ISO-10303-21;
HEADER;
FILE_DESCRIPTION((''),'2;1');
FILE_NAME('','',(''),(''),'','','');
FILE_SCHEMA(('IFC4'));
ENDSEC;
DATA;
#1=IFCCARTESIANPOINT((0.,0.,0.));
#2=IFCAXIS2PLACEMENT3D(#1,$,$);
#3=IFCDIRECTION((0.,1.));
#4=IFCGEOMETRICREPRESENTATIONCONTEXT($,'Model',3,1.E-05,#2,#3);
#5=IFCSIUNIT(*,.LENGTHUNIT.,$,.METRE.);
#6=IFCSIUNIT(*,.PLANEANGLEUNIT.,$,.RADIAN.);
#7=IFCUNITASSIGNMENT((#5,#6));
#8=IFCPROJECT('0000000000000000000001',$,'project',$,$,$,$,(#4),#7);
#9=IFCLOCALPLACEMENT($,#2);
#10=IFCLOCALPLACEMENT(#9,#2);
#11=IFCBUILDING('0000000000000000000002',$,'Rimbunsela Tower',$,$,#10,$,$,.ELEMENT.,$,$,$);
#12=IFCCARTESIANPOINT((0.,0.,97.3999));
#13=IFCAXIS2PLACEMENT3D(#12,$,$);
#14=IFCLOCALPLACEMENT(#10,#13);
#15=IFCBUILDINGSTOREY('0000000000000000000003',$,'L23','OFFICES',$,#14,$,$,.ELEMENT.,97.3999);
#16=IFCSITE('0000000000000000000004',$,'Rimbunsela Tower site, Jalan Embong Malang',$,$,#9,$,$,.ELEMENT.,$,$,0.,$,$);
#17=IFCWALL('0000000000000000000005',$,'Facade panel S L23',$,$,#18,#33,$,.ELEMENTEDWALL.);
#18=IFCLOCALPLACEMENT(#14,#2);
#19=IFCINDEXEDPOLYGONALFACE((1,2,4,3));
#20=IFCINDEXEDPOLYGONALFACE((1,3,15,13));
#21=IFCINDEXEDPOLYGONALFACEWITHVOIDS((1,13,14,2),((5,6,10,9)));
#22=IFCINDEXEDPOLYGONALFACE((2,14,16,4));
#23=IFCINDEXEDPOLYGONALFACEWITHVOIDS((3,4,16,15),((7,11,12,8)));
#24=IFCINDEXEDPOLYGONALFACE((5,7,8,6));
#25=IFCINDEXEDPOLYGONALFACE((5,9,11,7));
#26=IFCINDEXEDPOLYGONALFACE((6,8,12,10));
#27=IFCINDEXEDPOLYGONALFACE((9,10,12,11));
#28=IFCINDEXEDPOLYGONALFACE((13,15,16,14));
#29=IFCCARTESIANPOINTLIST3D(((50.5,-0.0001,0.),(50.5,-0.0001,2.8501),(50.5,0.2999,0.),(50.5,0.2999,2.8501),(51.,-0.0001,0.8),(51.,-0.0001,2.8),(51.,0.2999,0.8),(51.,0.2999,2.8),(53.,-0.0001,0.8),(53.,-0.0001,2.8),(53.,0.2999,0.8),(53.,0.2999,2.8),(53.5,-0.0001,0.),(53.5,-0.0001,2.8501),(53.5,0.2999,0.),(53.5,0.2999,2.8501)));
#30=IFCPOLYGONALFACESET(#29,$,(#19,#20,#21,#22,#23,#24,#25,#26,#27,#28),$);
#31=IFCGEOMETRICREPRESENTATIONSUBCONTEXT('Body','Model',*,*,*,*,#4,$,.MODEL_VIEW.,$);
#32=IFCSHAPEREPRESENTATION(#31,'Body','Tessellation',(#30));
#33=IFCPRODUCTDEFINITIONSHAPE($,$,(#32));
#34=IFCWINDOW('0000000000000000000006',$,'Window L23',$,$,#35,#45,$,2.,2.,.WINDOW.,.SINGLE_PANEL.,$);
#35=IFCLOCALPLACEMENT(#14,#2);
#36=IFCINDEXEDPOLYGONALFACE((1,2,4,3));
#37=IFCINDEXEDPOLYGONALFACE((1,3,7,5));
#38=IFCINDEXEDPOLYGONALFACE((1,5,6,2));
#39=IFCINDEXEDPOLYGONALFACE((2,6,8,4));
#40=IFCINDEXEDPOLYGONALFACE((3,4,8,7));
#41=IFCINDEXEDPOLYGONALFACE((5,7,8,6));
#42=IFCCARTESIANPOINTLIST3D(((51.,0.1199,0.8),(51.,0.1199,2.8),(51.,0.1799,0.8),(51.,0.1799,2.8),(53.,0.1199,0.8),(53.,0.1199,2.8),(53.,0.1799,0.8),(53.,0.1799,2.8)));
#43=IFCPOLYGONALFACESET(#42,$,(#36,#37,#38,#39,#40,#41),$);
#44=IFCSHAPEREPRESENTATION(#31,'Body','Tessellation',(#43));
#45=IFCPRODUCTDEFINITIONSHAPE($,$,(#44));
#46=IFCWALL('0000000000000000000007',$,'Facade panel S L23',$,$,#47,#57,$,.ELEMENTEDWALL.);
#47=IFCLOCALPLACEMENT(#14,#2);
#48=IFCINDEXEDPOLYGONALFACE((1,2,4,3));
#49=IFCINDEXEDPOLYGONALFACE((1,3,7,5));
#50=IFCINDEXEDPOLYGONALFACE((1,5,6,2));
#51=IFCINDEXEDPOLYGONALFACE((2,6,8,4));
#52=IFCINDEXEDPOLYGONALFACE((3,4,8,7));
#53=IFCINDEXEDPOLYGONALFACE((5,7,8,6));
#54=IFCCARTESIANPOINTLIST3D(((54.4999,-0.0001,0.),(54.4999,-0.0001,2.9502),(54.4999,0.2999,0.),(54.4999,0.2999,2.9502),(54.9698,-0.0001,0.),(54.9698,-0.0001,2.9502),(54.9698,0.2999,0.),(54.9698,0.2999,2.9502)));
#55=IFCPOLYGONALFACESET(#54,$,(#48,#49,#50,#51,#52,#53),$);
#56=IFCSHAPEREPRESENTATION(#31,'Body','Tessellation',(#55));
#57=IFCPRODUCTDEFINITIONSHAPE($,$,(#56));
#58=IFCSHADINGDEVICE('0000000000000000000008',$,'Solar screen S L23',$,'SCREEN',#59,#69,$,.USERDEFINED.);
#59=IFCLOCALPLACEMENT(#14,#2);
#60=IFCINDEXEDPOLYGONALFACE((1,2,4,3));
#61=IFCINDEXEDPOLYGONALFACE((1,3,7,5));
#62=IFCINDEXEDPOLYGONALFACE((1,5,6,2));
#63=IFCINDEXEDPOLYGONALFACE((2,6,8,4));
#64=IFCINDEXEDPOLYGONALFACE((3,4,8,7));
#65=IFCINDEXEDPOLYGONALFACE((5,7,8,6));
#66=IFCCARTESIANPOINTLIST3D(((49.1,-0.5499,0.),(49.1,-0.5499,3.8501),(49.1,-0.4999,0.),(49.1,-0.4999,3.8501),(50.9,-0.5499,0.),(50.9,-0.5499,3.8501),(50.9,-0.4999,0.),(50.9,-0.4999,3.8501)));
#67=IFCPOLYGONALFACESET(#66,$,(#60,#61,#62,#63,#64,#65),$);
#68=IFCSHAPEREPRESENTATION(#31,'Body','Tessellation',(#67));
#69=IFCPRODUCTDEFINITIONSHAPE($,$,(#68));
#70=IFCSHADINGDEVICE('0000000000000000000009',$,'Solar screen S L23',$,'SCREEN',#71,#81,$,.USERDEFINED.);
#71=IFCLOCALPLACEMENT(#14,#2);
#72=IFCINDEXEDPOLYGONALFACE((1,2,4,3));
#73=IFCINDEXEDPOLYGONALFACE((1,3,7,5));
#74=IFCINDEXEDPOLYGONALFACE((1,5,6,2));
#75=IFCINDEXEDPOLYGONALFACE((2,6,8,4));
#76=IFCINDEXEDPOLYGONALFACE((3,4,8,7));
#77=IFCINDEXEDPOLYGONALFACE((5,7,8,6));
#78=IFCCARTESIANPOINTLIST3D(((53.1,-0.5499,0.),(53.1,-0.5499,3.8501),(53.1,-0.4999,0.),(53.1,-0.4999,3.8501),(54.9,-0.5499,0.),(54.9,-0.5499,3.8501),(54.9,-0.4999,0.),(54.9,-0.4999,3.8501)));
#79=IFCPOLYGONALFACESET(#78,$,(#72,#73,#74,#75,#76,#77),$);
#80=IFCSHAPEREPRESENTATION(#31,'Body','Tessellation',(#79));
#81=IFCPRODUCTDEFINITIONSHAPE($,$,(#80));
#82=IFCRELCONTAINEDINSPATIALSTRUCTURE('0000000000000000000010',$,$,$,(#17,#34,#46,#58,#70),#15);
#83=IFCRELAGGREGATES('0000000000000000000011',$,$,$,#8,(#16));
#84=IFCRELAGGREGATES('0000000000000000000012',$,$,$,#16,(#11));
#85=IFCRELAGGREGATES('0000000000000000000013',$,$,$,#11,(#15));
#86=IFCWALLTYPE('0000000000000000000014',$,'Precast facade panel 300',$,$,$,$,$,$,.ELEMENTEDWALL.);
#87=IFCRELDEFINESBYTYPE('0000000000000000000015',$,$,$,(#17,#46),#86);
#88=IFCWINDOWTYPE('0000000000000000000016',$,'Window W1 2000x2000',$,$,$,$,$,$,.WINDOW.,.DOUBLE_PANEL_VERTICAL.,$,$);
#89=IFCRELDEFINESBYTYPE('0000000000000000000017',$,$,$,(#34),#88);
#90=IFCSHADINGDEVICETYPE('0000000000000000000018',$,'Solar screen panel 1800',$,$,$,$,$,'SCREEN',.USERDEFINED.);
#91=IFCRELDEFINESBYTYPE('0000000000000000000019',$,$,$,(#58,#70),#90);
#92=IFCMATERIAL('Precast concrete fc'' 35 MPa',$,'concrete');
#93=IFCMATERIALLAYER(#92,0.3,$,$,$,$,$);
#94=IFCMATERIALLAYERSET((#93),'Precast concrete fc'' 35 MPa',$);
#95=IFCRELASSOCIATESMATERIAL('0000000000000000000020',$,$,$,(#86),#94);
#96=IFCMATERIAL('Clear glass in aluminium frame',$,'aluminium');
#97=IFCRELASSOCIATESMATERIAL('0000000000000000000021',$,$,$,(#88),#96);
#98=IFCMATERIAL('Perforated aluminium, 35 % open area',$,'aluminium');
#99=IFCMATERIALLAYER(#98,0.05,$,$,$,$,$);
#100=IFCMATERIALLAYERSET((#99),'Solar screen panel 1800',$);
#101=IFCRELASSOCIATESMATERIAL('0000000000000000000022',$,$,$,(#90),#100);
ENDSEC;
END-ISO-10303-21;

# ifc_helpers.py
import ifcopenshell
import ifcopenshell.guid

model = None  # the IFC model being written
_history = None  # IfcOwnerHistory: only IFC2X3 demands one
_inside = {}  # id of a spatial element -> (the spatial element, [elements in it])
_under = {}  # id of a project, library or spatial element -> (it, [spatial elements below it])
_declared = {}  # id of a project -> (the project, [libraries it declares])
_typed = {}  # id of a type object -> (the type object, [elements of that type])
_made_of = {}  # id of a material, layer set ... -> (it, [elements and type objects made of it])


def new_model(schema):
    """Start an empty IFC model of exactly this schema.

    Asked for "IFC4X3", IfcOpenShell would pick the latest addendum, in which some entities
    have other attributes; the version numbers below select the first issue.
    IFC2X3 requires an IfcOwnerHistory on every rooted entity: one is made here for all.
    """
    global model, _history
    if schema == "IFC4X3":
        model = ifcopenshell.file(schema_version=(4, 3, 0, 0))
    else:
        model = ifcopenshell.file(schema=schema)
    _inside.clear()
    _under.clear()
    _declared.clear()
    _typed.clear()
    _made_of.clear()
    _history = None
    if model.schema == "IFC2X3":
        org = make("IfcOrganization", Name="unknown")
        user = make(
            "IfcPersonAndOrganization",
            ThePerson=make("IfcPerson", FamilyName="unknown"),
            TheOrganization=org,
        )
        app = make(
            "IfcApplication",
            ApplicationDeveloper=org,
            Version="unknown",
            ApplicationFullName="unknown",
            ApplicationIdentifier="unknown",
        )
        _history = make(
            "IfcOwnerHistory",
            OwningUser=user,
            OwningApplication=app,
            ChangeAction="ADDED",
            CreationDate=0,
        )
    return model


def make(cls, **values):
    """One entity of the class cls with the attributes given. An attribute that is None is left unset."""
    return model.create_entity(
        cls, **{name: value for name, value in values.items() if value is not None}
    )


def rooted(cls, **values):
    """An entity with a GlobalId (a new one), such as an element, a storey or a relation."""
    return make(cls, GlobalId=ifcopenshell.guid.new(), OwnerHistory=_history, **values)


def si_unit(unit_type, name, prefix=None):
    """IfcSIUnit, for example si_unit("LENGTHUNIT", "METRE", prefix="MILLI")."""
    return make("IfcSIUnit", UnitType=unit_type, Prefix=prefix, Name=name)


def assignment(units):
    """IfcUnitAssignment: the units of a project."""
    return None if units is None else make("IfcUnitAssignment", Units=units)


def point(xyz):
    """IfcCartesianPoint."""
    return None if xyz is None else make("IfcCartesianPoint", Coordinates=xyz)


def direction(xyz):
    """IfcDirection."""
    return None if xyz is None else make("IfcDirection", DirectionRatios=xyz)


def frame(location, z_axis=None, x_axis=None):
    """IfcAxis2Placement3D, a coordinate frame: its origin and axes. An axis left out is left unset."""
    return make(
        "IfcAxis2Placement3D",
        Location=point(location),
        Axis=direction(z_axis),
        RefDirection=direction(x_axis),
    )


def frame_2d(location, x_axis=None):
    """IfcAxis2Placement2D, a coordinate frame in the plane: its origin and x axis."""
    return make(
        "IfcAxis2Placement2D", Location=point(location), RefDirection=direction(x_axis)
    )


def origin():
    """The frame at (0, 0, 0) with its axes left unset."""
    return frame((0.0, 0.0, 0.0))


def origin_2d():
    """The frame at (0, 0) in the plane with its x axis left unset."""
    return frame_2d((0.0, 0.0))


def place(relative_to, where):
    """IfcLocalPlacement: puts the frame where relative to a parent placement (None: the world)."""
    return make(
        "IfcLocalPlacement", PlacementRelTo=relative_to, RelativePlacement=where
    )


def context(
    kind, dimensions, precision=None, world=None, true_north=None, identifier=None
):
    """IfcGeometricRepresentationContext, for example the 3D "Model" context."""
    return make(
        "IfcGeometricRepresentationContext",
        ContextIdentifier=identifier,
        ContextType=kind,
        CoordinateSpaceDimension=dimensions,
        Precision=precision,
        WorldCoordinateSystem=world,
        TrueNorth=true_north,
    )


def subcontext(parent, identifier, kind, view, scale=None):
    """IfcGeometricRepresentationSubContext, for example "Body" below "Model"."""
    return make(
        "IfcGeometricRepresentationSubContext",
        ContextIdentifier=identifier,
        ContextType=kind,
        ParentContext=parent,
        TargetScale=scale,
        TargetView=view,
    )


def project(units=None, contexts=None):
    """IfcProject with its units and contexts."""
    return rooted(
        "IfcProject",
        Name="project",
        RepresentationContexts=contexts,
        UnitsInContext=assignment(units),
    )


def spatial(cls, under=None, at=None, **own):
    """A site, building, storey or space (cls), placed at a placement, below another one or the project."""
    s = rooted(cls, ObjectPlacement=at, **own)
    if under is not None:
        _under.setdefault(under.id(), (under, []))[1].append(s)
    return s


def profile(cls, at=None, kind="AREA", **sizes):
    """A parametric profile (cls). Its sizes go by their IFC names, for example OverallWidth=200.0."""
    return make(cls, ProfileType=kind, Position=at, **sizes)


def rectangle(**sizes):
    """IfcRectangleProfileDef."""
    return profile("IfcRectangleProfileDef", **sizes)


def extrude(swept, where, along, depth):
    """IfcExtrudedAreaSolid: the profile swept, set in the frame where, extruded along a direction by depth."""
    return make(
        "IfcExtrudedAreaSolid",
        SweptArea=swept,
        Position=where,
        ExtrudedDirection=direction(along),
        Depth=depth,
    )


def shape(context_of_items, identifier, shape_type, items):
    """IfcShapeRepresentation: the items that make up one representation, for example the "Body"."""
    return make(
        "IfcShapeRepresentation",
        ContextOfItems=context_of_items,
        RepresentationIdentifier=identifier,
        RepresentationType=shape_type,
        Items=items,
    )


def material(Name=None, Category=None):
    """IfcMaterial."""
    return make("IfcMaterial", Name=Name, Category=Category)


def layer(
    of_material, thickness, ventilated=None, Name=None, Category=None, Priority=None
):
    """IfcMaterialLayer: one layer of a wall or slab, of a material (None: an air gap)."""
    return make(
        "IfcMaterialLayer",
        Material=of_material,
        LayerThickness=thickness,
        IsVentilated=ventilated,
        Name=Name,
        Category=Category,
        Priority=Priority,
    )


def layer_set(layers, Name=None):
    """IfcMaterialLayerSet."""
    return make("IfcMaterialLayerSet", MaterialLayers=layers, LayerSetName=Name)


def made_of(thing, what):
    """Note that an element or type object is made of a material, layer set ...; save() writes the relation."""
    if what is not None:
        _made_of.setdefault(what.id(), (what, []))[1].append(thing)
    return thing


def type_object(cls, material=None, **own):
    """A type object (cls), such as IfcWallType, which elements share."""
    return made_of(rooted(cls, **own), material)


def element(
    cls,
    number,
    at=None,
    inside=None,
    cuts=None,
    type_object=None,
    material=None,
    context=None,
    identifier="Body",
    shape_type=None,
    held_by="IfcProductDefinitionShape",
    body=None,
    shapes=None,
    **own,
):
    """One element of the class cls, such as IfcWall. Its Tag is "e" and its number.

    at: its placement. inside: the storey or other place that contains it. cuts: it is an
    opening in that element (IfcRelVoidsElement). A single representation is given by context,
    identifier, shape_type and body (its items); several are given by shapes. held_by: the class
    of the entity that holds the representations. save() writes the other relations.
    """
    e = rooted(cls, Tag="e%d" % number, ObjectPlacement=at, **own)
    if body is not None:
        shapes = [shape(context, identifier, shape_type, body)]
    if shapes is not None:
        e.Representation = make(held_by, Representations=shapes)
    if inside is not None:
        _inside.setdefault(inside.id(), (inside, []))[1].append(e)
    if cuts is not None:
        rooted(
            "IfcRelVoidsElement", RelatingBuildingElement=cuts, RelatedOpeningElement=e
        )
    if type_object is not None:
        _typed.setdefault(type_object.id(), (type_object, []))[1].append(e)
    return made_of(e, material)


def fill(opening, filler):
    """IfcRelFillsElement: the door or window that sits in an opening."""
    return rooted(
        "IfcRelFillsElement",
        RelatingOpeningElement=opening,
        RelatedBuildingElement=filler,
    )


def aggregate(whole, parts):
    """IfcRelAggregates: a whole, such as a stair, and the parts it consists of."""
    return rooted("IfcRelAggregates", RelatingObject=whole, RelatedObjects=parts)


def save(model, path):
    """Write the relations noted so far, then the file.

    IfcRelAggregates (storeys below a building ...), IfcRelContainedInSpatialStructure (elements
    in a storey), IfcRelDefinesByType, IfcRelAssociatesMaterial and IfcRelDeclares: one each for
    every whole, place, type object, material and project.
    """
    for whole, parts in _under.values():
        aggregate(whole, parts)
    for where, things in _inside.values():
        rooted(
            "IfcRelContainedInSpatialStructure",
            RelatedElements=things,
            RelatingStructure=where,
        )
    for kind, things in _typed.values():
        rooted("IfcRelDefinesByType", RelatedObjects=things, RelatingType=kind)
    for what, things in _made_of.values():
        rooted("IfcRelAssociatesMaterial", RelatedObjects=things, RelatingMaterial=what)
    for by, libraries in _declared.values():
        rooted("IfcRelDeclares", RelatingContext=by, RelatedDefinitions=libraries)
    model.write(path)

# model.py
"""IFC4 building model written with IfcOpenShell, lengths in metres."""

from ifc_helpers import new_model, si_unit, direction, frame, frame_2d, origin, origin_2d, place, context, subcontext, project, spatial, rectangle, extrude, material, layer, layer_set, type_object, element, fill, save


model = new_model("IFC4")

# Units and contexts
model_context = context("Model", 3, precision=1e-05, world=origin(), true_north=direction((0.0, 1.0)))
body_context = subcontext(model_context, "Body", "Model", "MODEL_VIEW")
ifc_project = project(units=[si_unit("LENGTHUNIT", "METRE"), si_unit("PLANEANGLEUNIT", "RADIAN")], contexts=[model_context])

# Site, building, storey
site_placement = place(None, origin())
site = spatial("IfcSite", under=ifc_project, at=site_placement, Name="Rimbunsela Tower site, Jalan Embong Malang", CompositionType="ELEMENT", RefElevation=0.0)
building_placement = place(site_placement, origin())
building = spatial("IfcBuilding", under=site, at=building_placement, Name="Rimbunsela Tower", CompositionType="ELEMENT")
storey_placement = place(building_placement, frame((0.0, 0.0, 97.3999)))
storey = spatial("IfcBuildingStorey", under=building, at=storey_placement, Name="L23", Description="OFFICES", CompositionType="ELEMENT", Elevation=97.3999)

# Wall, opening, window
ifc_material_1 = material(Name="Precast concrete fc' 35 MPa", Category="concrete")
ifc_layer_1 = layer(ifc_material_1, 0.3)
ifc_layer_set_1 = layer_set([ifc_layer_1], Name="Precast concrete fc' 35 MPa")
wall_type_1 = type_object("IfcWallType", Name="Precast facade panel 300", PredefinedType="ELEMENTEDWALL", material=ifc_layer_set_1)
ifc_material_2 = material(Name="Clear glass in aluminium frame", Category="aluminium")
window_type = type_object("IfcWindowType", Name="Window W1 2000x2000", PartitioningType="DOUBLE_PANEL_VERTICAL", PredefinedType="WINDOW", material=ifc_material_2)
wall_1_placement = place(storey_placement, frame((50.5, 0.1499, 0.0), z_axis=(0.0, 0.0, 1.0), x_axis=(1.0, 0.0, 0.0)))
wall_1 = element("IfcWall", 1, at=wall_1_placement, inside=storey, type_object=wall_type_1, Name="Facade panel S L23", PredefinedType="ELEMENTEDWALL", context=body_context, shape_type="SweptSolid", body=[
    extrude(rectangle(XDim=3.0, YDim=0.3, at=frame_2d((1.5, 0.0))), origin(), (0.0, 0.0, 1.0), 2.8501),
])
opening_1_placement = place(wall_1_placement, frame((0.5, 0.0, 0.8)))
opening_1 = element("IfcOpeningElement", 2, at=opening_1_placement, cuts=wall_1, PredefinedType="OPENING", context=body_context, shape_type="SweptSolid", body=[
    extrude(rectangle(XDim=2.0, YDim=2.0, at=frame_2d((1.0, 1.0))), frame((0.0, 0.1599, 0.0), z_axis=(0.0, -1.0, 0.0), x_axis=(1.0, 0.0, 0.0)), (0.0, 0.0, 1.0), 0.3201),
])
window_1_placement = place(opening_1_placement, origin())
window_1 = element("IfcWindow", 3, at=window_1_placement, inside=storey, type_object=window_type, Name="Window L23", OverallHeight=2.0, OverallWidth=2.0, PartitioningType="SINGLE_PANEL", PredefinedType="WINDOW", context=body_context, shape_type="SweptSolid", body=[
    extrude(rectangle(XDim=2.0, YDim=2.0, at=frame_2d((1.0, 1.0))), frame((0.0, 0.03, 0.0), z_axis=(0.0, -1.0, 0.0), x_axis=(1.0, 0.0, 0.0)), (0.0, 0.0, 1.0), 0.0601),
])
fill(opening_1, window_1)

# Wall
wall_2_placement = place(storey_placement, frame((54.5, 0.1499, 0.0), z_axis=(0.0, 0.0, 1.0), x_axis=(1.0, 0.0, 0.0)))
element("IfcWall", 4, at=wall_2_placement, inside=storey, type_object=wall_type_1, Name="Facade panel S L23", PredefinedType="ELEMENTEDWALL", context=body_context, shape_type="SweptSolid", body=[
    extrude(rectangle(XDim=0.47, YDim=0.3, at=frame_2d((0.2349, 0.0))), origin(), (0.0, 0.0, 1.0), 2.9502),
])

# Shading devices
ifc_material_3 = material(Name="Perforated aluminium, 35 % open area", Category="aluminium")
ifc_layer_2 = layer(ifc_material_3, 0.05)
ifc_layer_set_2 = layer_set([ifc_layer_2], Name="Solar screen panel 1800")
shading_device_type = type_object("IfcShadingDeviceType", Name="Solar screen panel 1800", ElementType="SCREEN", PredefinedType="USERDEFINED", material=ifc_layer_set_2)
for number, where, z_axis, x_axis, name in (
    (5, (50.0, -0.5249, 0.0), (0.0, 0.0, 1.0), (1.0, 0.0, 0.0), "Solar screen S L23"),
    (6, (54.0, -0.5249, 0.0), (0.0, 0.0, 1.0), (1.0, 0.0, 0.0), "Solar screen S L23"),
):
    element("IfcShadingDevice", number, at=place(storey_placement, frame(where, z_axis=z_axis, x_axis=x_axis)), inside=storey, type_object=shading_device_type, Name=name, ObjectType="SCREEN", PredefinedType="USERDEFINED", context=body_context, shape_type="SweptSolid", body=[
        extrude(rectangle(XDim=1.8, YDim=0.05, at=origin_2d()), origin(), (0.0, 0.0, 1.0), 3.8501),
    ])

save(model, "model.ifc")
